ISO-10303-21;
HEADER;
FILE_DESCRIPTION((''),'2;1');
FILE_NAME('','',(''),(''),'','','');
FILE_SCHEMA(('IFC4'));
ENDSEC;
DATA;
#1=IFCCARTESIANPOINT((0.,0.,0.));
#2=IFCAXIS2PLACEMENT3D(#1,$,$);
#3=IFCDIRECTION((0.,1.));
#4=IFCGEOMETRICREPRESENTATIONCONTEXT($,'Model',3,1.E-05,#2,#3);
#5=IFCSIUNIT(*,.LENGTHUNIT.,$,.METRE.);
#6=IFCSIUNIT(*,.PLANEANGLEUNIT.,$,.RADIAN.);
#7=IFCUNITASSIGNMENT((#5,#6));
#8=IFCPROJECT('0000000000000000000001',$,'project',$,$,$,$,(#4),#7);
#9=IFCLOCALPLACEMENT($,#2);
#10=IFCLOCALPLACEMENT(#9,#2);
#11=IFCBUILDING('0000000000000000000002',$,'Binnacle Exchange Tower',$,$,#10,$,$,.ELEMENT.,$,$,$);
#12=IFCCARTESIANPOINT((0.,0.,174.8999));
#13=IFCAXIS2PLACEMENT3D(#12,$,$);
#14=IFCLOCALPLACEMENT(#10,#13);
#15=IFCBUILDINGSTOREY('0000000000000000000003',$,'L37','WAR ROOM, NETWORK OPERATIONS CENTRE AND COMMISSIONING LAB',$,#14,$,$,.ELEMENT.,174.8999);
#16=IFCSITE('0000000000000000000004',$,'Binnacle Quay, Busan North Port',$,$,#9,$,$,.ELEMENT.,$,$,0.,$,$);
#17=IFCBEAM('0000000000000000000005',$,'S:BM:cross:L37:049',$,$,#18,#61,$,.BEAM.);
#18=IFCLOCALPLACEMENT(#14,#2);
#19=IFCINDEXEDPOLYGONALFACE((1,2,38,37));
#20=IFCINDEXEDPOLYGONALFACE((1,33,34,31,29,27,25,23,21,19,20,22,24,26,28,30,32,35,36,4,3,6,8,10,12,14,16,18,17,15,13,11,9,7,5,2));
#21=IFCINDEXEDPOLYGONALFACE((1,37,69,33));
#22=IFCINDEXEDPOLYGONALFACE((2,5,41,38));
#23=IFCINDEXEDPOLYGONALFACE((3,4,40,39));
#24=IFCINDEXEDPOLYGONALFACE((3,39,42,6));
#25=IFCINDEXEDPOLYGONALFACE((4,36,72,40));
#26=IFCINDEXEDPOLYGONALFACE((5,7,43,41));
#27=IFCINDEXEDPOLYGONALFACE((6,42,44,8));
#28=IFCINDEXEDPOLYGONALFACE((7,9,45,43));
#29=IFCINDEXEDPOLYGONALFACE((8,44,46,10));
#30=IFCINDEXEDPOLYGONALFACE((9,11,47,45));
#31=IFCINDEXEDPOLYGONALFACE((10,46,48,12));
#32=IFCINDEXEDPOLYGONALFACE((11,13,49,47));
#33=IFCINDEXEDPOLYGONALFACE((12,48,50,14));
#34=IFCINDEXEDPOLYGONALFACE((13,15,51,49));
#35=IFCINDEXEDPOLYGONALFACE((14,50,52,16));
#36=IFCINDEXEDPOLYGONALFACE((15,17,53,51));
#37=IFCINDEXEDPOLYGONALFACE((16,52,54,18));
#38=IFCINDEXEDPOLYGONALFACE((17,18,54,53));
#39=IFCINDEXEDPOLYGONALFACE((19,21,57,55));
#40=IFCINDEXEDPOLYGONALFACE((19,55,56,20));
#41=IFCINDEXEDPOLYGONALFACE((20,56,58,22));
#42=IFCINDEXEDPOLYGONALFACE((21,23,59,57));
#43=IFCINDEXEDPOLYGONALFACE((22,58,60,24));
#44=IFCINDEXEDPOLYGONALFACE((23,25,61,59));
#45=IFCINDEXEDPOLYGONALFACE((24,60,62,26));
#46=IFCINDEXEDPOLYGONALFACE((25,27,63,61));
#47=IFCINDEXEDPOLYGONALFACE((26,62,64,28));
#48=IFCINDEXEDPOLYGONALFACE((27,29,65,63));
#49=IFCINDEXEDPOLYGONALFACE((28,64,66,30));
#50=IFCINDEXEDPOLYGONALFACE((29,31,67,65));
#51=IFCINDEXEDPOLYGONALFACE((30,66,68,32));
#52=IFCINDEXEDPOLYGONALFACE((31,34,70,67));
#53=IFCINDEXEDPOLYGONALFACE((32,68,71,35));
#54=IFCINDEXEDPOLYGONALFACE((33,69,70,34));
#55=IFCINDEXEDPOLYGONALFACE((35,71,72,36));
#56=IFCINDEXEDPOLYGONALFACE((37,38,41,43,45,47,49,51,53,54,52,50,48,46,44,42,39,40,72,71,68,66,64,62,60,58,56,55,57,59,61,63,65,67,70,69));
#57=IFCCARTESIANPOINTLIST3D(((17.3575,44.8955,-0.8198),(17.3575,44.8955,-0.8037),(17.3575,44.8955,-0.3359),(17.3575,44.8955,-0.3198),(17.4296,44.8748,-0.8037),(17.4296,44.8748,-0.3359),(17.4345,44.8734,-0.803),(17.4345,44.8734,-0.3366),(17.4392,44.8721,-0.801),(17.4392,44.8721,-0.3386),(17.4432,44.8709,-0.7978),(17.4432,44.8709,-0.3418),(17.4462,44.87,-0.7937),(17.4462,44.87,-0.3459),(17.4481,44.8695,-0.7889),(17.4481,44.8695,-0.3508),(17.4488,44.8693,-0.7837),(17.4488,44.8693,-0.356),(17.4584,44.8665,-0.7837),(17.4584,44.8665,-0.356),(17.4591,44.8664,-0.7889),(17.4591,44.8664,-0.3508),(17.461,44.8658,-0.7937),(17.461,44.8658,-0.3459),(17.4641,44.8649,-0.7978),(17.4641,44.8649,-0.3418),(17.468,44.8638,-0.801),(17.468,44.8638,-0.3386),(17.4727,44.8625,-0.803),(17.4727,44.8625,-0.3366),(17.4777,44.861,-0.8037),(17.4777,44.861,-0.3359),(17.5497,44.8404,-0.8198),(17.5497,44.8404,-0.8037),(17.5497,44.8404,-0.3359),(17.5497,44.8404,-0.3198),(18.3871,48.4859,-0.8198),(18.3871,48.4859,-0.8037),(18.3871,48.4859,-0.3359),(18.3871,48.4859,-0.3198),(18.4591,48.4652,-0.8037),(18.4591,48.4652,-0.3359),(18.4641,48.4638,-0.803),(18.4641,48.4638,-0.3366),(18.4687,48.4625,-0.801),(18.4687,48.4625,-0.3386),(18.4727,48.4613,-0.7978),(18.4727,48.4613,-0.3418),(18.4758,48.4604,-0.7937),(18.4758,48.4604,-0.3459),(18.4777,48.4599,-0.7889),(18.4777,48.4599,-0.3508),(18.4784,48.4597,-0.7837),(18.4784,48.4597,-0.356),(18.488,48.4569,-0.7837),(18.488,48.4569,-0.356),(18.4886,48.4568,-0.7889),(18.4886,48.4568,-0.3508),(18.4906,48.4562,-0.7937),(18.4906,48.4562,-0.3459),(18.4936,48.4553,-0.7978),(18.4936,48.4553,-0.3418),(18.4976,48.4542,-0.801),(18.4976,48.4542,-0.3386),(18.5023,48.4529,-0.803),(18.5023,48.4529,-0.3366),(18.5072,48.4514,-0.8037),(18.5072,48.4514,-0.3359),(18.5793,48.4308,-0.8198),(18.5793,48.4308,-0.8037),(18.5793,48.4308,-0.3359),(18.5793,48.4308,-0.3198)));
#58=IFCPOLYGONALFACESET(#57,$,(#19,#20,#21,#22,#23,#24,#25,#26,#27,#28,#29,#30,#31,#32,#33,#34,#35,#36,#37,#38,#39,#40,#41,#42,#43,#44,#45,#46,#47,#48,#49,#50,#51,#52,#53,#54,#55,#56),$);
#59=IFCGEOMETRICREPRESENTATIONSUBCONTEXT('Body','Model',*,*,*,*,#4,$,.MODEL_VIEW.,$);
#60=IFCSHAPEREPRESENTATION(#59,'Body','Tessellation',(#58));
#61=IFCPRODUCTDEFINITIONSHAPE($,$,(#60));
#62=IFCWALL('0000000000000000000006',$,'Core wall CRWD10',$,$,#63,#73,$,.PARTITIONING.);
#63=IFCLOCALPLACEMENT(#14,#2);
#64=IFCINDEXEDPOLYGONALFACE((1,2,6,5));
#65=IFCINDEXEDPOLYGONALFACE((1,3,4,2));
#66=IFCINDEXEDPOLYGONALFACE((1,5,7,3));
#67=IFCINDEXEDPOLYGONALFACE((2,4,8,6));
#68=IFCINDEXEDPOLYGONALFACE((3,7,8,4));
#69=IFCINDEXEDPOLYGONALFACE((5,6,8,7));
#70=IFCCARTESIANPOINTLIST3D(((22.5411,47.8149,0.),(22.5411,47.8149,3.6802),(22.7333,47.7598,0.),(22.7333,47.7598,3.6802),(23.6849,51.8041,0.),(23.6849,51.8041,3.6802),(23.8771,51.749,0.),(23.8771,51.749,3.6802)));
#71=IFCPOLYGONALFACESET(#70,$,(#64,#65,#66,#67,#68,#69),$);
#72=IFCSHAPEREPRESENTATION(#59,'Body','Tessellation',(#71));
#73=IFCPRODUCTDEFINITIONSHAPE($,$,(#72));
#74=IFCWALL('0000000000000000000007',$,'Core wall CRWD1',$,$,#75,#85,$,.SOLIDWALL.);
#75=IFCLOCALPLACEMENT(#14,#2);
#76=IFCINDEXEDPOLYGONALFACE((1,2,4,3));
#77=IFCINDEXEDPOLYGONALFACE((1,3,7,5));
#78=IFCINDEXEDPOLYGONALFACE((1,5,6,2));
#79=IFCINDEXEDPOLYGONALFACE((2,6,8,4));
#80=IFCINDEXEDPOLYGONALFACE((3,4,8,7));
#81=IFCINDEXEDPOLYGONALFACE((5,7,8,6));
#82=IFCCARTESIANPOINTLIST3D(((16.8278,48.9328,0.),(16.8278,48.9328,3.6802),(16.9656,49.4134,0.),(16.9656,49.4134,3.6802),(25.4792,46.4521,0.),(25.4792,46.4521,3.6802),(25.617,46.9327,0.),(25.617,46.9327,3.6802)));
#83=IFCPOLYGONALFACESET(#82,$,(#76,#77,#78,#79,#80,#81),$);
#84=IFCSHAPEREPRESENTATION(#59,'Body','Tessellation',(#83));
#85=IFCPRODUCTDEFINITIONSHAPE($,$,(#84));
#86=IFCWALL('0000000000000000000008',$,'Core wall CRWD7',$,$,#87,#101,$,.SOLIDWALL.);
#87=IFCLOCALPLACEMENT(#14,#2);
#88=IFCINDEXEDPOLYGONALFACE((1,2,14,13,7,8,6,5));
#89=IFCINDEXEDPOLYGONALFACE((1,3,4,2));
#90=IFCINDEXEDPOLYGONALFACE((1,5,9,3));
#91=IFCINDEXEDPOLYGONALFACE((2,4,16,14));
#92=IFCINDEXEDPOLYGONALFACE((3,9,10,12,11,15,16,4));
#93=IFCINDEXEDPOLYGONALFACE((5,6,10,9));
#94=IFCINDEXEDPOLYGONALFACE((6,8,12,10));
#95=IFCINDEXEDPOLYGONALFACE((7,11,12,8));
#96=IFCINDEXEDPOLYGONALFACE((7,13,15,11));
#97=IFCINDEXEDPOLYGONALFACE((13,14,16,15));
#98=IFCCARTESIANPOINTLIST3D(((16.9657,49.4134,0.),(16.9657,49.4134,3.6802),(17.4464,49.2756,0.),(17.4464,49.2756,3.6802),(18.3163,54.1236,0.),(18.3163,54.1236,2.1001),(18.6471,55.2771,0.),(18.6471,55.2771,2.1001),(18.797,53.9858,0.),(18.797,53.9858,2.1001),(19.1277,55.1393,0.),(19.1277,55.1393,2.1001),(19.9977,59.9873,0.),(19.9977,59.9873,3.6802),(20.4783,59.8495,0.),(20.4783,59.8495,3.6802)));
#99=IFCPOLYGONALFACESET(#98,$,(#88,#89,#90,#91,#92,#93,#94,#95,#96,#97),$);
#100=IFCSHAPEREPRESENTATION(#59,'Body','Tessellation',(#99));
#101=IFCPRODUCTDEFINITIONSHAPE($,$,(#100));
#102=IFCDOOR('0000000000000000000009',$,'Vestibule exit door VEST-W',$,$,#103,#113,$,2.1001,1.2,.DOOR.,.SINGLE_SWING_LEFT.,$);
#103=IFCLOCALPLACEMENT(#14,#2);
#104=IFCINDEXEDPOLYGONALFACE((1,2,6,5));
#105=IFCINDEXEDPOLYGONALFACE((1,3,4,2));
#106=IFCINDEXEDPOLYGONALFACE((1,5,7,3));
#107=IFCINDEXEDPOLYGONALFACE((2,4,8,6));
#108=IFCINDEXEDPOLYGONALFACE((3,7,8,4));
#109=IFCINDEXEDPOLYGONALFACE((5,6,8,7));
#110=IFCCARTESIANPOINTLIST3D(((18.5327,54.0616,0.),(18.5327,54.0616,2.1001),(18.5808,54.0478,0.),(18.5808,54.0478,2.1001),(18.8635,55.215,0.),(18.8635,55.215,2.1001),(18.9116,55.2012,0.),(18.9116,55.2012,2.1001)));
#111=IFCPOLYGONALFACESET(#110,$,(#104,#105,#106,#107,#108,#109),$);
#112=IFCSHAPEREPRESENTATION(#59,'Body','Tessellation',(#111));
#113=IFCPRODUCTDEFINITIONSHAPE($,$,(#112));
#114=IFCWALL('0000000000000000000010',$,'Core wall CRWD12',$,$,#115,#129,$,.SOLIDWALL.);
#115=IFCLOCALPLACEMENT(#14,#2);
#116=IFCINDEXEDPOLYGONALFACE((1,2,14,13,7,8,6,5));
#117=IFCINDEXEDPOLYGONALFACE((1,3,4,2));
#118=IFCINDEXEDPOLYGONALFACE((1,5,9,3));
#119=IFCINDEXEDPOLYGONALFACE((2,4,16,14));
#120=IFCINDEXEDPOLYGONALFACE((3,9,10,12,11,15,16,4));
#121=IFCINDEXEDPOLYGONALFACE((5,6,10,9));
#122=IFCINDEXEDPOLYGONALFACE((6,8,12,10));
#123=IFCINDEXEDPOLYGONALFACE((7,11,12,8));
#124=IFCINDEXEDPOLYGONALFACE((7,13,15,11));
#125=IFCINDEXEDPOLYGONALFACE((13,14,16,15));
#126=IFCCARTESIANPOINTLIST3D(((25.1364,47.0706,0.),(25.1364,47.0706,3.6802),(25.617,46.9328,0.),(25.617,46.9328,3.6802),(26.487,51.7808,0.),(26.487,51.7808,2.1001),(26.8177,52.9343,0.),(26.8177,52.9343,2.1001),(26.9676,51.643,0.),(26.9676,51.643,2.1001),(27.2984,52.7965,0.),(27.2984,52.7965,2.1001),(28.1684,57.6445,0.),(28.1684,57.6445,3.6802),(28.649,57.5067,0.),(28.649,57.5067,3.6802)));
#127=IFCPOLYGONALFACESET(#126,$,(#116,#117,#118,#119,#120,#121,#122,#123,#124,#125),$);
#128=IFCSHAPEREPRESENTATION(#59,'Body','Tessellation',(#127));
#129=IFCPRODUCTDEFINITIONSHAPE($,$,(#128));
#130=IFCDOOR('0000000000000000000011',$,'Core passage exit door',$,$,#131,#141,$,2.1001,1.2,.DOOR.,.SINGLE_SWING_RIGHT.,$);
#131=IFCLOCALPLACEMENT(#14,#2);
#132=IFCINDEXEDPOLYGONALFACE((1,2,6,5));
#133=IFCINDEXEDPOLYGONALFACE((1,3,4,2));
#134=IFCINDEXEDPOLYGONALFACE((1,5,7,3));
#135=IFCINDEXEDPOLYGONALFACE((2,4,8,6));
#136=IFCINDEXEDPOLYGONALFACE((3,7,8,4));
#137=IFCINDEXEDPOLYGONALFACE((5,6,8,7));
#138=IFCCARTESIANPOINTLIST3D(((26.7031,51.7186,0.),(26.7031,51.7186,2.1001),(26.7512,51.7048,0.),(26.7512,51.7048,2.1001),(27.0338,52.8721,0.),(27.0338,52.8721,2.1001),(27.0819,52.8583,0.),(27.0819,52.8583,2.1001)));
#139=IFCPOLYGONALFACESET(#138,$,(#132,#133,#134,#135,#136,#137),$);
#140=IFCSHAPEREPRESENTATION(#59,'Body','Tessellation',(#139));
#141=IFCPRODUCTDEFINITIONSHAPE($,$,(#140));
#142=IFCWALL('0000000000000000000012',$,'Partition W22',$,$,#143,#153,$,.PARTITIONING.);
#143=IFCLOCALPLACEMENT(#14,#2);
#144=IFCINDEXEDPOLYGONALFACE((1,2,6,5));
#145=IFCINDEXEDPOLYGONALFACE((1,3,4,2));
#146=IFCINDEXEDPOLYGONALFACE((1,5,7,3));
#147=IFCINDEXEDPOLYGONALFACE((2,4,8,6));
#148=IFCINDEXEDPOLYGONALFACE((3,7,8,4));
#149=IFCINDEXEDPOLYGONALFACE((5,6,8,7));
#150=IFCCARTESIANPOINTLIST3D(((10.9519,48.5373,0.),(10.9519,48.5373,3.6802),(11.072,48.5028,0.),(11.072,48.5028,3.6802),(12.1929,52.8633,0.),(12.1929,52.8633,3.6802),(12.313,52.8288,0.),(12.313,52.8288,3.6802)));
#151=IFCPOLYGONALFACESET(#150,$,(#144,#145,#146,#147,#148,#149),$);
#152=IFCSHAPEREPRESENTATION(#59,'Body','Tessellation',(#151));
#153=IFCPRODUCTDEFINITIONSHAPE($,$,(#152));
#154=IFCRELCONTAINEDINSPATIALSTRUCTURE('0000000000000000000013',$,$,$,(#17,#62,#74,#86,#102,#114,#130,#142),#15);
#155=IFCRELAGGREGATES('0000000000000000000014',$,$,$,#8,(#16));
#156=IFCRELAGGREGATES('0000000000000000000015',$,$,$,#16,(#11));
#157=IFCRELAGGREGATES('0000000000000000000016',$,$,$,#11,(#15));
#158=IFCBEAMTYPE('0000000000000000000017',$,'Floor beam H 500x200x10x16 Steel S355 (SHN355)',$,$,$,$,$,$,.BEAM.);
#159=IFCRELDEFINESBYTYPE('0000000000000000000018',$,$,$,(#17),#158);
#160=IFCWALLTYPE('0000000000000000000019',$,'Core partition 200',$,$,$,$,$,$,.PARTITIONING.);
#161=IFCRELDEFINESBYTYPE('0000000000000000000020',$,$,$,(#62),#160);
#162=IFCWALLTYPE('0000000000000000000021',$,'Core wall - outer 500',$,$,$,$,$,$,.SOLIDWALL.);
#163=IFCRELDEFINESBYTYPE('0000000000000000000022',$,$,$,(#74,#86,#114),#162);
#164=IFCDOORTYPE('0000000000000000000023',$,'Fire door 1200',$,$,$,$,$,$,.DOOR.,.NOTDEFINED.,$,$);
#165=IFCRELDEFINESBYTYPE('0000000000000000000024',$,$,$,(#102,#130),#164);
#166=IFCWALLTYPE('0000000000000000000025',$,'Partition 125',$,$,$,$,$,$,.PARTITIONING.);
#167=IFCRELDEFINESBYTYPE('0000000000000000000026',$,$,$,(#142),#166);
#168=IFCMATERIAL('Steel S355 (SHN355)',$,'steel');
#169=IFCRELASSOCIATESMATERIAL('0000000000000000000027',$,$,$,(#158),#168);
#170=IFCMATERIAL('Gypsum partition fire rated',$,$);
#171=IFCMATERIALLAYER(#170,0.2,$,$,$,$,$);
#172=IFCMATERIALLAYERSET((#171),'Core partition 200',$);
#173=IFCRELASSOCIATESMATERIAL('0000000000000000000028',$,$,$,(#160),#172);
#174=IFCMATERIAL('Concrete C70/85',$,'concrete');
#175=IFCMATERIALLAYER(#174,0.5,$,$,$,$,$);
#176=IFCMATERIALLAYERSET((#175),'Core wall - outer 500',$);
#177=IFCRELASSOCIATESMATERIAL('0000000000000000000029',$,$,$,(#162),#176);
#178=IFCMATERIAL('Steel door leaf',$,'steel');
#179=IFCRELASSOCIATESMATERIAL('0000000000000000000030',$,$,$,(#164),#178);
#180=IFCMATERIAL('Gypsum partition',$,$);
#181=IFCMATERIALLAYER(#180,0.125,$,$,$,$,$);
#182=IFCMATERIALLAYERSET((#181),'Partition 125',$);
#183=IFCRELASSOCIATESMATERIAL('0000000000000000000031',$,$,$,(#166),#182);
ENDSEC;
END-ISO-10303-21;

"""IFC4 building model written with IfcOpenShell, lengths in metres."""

from ifc_helpers import new_model, si_unit, direction, frame, frame_2d, origin, origin_2d, place, context, subcontext, project, spatial, rectangle, i_section, extrude, material, layer, layer_set, material_profile, profile_set, type_object, element, fill, save


model = new_model("IFC4")

# Units and contexts
model_context = context("Model", 3, precision=1e-05, world=origin(), true_north=direction((0.0, 1.0)))
body_context = subcontext(model_context, "Body", "Model", "MODEL_VIEW")
ifc_project = project(units=[si_unit("LENGTHUNIT", "METRE"), si_unit("PLANEANGLEUNIT", "RADIAN")], contexts=[model_context])

# Site, building, storey
site_placement = place(None, origin())
site = spatial("IfcSite", under=ifc_project, at=site_placement, Name="Binnacle Quay, Busan North Port", CompositionType="ELEMENT", RefElevation=0.0)
building_placement = place(site_placement, origin())
building = spatial("IfcBuilding", under=site, at=building_placement, Name="Binnacle Exchange Tower", CompositionType="ELEMENT")
storey_placement = place(building_placement, frame((0.0, 0.0, 174.8999)))
storey = spatial("IfcBuildingStorey", under=building, at=storey_placement, Name="L37", Description="WAR ROOM, NETWORK OPERATIONS CENTRE AND COMMISSIONING LAB", CompositionType="ELEMENT", Elevation=174.8999)

# Beam
ifc_material_1 = material(Name="Steel S355 (SHN355)", Category="steel")
ifc_material_profile = material_profile(ifc_material_1, i_section(OverallWidth=0.2, OverallDepth=0.5, WebThickness=0.01, FlangeThickness=0.0161, FilletRadius=0.02, at=origin_2d()), Name="H 500x200x10x16")
ifc_profile_set = profile_set([ifc_material_profile], Name="Steel S355 (SHN355)")
beam_type = type_object("IfcBeamType", Name="Floor beam H 500x200x10x16 Steel S355 (SHN355)", PredefinedType="BEAM", material=ifc_profile_set)
beam_placement = place(storey_placement, frame((17.4536, 44.8679, -0.5698), z_axis=(0.275645, 0.96126, 0.0), x_axis=(-0.96126, 0.275645, 0.0)))
element("IfcBeam", 1, at=beam_placement, inside=storey, type_object=beam_type, Name="S:BM:cross:L37:049", PredefinedType="BEAM", context=body_context, shape_type="SweptSolid", body=[
    extrude(i_section(OverallWidth=0.2, OverallDepth=0.5, WebThickness=0.01, FlangeThickness=0.0161, FilletRadius=0.02, at=origin_2d()), origin(), (0.0, 0.0, 1.0), 3.7351),
])

# Walls
ifc_material_2 = material(Name="Gypsum partition fire rated")
ifc_layer_1 = layer(ifc_material_2, 0.2)
ifc_layer_set_1 = layer_set([ifc_layer_1], Name="Core partition 200")
wall_type_1 = type_object("IfcWallType", Name="Core partition 200", PredefinedType="PARTITIONING", material=ifc_layer_set_1)
wall_1_placement = place(storey_placement, frame((22.6372, 47.7874, 0.0), z_axis=(0.0, 0.0, 1.0), x_axis=(0.275615, 0.961268, 0.0)))
element("IfcWall", 2, at=wall_1_placement, inside=storey, type_object=wall_type_1, Name="Core wall CRWD10", PredefinedType="PARTITIONING", context=body_context, shape_type="SweptSolid", body=[
    extrude(rectangle(XDim=4.1499, YDim=0.2, at=frame_2d((2.075, 0.0))), origin(), (0.0, 0.0, 1.0), 3.6802),
])
ifc_material_3 = material(Name="Concrete C70/85", Category="concrete")
ifc_layer_2 = layer(ifc_material_3, 0.5)
ifc_layer_set_2 = layer_set([ifc_layer_2], Name="Core wall - outer 500")
wall_type_2 = type_object("IfcWallType", Name="Core wall - outer 500", PredefinedType="SOLIDWALL", material=ifc_layer_set_2)
wall_2_placement = place(storey_placement, frame((16.8967, 49.1731, 0.0), z_axis=(0.0, 0.0, 1.0), x_axis=(0.961262, -0.275635, 0.0)))
element("IfcWall", 3, at=wall_2_placement, inside=storey, type_object=wall_type_2, Name="Core wall CRWD1", PredefinedType="SOLIDWALL", context=body_context, shape_type="SweptSolid", body=[
    extrude(rectangle(XDim=9.0, YDim=0.5, at=frame_2d((4.5, 0.0))), origin(), (0.0, 0.0, 1.0), 3.6802),
])

# Walls, openings, doors
wall_3_placement = place(storey_placement, frame((17.2061, 49.3445, 0.0), z_axis=(0.0, 0.0, 1.0), x_axis=(0.275633, 0.961263, 0.0)))
wall_3 = element("IfcWall", 4, at=wall_3_placement, inside=storey, type_object=wall_type_2, Name="Core wall CRWD7", PredefinedType="SOLIDWALL", context=body_context, shape_type="SweptSolid", body=[
    extrude(rectangle(XDim=11.0, YDim=0.5, at=frame_2d((5.5, 0.0))), origin(), (0.0, 0.0, 1.0), 3.6802),
])
opening_1_placement = place(wall_3_placement, frame((4.8999, 0.0, 0.0)))
opening_1 = element("IfcOpeningElement", 5, at=opening_1_placement, cuts=wall_3, PredefinedType="OPENING", context=body_context, shape_type="SweptSolid", body=[
    extrude(rectangle(XDim=1.2, YDim=2.1001, at=frame_2d((0.6001, 1.05))), frame((0.0, 0.26, 0.0), z_axis=(0.0, -1.0, 0.0), x_axis=(1.0, 0.0, 0.0)), (0.0, 0.0, 1.0), 0.52),
])
ifc_material_4 = material(Name="Steel door leaf", Category="steel")
door_type_1 = type_object("IfcDoorType", Name="Fire door 1200", OperationType="NOTDEFINED", PredefinedType="DOOR", material=ifc_material_4)
door_1_placement = place(opening_1_placement, origin())
door_1 = element("IfcDoor", 6, at=door_1_placement, inside=storey, type_object=door_type_1, Name="Vestibule exit door VEST-W", OperationType="SINGLE_SWING_LEFT", OverallHeight=2.1001, OverallWidth=1.2, PredefinedType="DOOR", context=body_context, shape_type="SweptSolid", body=[
    extrude(rectangle(XDim=1.2, YDim=2.1001, at=frame_2d((0.6001, 1.05))), frame((0.0, 0.0249, 0.0), z_axis=(0.0, -1.0, 0.0), x_axis=(1.0, 0.0, 0.0)), (0.0, 0.0, 1.0), 0.05),
])
fill(opening_1, door_1)
wall_4_placement = place(storey_placement, frame((25.3767, 47.0017, 0.0), z_axis=(0.0, 0.0, 1.0), x_axis=(0.275633, 0.961263, 0.0)))
wall_4 = element("IfcWall", 7, at=wall_4_placement, inside=storey, type_object=wall_type_2, Name="Core wall CRWD12", PredefinedType="SOLIDWALL", context=body_context, shape_type="SweptSolid", body=[
    extrude(rectangle(XDim=11.0, YDim=0.5, at=frame_2d((5.5, 0.0))), origin(), (0.0, 0.0, 1.0), 3.6802),
])
opening_2_placement = place(wall_4_placement, frame((4.8999, 0.0, 0.0)))
opening_2 = element("IfcOpeningElement", 8, at=opening_2_placement, cuts=wall_4, PredefinedType="OPENING", context=body_context, shape_type="SweptSolid", body=[
    extrude(rectangle(XDim=1.2, YDim=2.1001, at=frame_2d((0.6001, 1.05))), frame((0.0, 0.26, 0.0), z_axis=(0.0, -1.0, 0.0), x_axis=(1.0, 0.0, 0.0)), (0.0, 0.0, 1.0), 0.52),
])
door_2_placement = place(opening_2_placement, frame((1.2, 0.0, 0.0), z_axis=(0.0, 0.0, 1.0), x_axis=(-1.0, 0.0, 0.0)))
door_2 = element("IfcDoor", 9, at=door_2_placement, inside=storey, type_object=door_type_1, Name="Core passage exit door", OperationType="SINGLE_SWING_RIGHT", OverallHeight=2.1001, OverallWidth=1.2, PredefinedType="DOOR", context=body_context, shape_type="SweptSolid", body=[
    extrude(rectangle(XDim=1.2, YDim=2.1001, at=frame_2d((0.6001, 1.05))), frame((0.0, 0.0249, 0.0), z_axis=(0.0, -1.0, 0.0), x_axis=(1.0, 0.0, 0.0)), (0.0, 0.0, 1.0), 0.05),
])
fill(opening_2, door_2)

# Wall
ifc_material_5 = material(Name="Gypsum partition")
ifc_layer_3 = layer(ifc_material_5, 0.125)
ifc_layer_set_3 = layer_set([ifc_layer_3], Name="Partition 125")
wall_type_3 = type_object("IfcWallType", Name="Partition 125", PredefinedType="PARTITIONING", material=ifc_layer_set_3)
wall_5_placement = place(storey_placement, frame((11.012, 48.52, 0.0), z_axis=(0.0, 0.0, 1.0), x_axis=(0.275746, 0.961231, 0.0)))
element("IfcWall", 10, at=wall_5_placement, inside=storey, type_object=wall_type_3, Name="Partition W22", PredefinedType="PARTITIONING", context=body_context, shape_type="SweptSolid", body=[
    extrude(rectangle(XDim=4.5005, YDim=0.125, at=frame_2d((2.2502, 0.0))), origin(), (0.0, 0.0, 1.0), 3.6802),
])

save(model, "model.ifc")
